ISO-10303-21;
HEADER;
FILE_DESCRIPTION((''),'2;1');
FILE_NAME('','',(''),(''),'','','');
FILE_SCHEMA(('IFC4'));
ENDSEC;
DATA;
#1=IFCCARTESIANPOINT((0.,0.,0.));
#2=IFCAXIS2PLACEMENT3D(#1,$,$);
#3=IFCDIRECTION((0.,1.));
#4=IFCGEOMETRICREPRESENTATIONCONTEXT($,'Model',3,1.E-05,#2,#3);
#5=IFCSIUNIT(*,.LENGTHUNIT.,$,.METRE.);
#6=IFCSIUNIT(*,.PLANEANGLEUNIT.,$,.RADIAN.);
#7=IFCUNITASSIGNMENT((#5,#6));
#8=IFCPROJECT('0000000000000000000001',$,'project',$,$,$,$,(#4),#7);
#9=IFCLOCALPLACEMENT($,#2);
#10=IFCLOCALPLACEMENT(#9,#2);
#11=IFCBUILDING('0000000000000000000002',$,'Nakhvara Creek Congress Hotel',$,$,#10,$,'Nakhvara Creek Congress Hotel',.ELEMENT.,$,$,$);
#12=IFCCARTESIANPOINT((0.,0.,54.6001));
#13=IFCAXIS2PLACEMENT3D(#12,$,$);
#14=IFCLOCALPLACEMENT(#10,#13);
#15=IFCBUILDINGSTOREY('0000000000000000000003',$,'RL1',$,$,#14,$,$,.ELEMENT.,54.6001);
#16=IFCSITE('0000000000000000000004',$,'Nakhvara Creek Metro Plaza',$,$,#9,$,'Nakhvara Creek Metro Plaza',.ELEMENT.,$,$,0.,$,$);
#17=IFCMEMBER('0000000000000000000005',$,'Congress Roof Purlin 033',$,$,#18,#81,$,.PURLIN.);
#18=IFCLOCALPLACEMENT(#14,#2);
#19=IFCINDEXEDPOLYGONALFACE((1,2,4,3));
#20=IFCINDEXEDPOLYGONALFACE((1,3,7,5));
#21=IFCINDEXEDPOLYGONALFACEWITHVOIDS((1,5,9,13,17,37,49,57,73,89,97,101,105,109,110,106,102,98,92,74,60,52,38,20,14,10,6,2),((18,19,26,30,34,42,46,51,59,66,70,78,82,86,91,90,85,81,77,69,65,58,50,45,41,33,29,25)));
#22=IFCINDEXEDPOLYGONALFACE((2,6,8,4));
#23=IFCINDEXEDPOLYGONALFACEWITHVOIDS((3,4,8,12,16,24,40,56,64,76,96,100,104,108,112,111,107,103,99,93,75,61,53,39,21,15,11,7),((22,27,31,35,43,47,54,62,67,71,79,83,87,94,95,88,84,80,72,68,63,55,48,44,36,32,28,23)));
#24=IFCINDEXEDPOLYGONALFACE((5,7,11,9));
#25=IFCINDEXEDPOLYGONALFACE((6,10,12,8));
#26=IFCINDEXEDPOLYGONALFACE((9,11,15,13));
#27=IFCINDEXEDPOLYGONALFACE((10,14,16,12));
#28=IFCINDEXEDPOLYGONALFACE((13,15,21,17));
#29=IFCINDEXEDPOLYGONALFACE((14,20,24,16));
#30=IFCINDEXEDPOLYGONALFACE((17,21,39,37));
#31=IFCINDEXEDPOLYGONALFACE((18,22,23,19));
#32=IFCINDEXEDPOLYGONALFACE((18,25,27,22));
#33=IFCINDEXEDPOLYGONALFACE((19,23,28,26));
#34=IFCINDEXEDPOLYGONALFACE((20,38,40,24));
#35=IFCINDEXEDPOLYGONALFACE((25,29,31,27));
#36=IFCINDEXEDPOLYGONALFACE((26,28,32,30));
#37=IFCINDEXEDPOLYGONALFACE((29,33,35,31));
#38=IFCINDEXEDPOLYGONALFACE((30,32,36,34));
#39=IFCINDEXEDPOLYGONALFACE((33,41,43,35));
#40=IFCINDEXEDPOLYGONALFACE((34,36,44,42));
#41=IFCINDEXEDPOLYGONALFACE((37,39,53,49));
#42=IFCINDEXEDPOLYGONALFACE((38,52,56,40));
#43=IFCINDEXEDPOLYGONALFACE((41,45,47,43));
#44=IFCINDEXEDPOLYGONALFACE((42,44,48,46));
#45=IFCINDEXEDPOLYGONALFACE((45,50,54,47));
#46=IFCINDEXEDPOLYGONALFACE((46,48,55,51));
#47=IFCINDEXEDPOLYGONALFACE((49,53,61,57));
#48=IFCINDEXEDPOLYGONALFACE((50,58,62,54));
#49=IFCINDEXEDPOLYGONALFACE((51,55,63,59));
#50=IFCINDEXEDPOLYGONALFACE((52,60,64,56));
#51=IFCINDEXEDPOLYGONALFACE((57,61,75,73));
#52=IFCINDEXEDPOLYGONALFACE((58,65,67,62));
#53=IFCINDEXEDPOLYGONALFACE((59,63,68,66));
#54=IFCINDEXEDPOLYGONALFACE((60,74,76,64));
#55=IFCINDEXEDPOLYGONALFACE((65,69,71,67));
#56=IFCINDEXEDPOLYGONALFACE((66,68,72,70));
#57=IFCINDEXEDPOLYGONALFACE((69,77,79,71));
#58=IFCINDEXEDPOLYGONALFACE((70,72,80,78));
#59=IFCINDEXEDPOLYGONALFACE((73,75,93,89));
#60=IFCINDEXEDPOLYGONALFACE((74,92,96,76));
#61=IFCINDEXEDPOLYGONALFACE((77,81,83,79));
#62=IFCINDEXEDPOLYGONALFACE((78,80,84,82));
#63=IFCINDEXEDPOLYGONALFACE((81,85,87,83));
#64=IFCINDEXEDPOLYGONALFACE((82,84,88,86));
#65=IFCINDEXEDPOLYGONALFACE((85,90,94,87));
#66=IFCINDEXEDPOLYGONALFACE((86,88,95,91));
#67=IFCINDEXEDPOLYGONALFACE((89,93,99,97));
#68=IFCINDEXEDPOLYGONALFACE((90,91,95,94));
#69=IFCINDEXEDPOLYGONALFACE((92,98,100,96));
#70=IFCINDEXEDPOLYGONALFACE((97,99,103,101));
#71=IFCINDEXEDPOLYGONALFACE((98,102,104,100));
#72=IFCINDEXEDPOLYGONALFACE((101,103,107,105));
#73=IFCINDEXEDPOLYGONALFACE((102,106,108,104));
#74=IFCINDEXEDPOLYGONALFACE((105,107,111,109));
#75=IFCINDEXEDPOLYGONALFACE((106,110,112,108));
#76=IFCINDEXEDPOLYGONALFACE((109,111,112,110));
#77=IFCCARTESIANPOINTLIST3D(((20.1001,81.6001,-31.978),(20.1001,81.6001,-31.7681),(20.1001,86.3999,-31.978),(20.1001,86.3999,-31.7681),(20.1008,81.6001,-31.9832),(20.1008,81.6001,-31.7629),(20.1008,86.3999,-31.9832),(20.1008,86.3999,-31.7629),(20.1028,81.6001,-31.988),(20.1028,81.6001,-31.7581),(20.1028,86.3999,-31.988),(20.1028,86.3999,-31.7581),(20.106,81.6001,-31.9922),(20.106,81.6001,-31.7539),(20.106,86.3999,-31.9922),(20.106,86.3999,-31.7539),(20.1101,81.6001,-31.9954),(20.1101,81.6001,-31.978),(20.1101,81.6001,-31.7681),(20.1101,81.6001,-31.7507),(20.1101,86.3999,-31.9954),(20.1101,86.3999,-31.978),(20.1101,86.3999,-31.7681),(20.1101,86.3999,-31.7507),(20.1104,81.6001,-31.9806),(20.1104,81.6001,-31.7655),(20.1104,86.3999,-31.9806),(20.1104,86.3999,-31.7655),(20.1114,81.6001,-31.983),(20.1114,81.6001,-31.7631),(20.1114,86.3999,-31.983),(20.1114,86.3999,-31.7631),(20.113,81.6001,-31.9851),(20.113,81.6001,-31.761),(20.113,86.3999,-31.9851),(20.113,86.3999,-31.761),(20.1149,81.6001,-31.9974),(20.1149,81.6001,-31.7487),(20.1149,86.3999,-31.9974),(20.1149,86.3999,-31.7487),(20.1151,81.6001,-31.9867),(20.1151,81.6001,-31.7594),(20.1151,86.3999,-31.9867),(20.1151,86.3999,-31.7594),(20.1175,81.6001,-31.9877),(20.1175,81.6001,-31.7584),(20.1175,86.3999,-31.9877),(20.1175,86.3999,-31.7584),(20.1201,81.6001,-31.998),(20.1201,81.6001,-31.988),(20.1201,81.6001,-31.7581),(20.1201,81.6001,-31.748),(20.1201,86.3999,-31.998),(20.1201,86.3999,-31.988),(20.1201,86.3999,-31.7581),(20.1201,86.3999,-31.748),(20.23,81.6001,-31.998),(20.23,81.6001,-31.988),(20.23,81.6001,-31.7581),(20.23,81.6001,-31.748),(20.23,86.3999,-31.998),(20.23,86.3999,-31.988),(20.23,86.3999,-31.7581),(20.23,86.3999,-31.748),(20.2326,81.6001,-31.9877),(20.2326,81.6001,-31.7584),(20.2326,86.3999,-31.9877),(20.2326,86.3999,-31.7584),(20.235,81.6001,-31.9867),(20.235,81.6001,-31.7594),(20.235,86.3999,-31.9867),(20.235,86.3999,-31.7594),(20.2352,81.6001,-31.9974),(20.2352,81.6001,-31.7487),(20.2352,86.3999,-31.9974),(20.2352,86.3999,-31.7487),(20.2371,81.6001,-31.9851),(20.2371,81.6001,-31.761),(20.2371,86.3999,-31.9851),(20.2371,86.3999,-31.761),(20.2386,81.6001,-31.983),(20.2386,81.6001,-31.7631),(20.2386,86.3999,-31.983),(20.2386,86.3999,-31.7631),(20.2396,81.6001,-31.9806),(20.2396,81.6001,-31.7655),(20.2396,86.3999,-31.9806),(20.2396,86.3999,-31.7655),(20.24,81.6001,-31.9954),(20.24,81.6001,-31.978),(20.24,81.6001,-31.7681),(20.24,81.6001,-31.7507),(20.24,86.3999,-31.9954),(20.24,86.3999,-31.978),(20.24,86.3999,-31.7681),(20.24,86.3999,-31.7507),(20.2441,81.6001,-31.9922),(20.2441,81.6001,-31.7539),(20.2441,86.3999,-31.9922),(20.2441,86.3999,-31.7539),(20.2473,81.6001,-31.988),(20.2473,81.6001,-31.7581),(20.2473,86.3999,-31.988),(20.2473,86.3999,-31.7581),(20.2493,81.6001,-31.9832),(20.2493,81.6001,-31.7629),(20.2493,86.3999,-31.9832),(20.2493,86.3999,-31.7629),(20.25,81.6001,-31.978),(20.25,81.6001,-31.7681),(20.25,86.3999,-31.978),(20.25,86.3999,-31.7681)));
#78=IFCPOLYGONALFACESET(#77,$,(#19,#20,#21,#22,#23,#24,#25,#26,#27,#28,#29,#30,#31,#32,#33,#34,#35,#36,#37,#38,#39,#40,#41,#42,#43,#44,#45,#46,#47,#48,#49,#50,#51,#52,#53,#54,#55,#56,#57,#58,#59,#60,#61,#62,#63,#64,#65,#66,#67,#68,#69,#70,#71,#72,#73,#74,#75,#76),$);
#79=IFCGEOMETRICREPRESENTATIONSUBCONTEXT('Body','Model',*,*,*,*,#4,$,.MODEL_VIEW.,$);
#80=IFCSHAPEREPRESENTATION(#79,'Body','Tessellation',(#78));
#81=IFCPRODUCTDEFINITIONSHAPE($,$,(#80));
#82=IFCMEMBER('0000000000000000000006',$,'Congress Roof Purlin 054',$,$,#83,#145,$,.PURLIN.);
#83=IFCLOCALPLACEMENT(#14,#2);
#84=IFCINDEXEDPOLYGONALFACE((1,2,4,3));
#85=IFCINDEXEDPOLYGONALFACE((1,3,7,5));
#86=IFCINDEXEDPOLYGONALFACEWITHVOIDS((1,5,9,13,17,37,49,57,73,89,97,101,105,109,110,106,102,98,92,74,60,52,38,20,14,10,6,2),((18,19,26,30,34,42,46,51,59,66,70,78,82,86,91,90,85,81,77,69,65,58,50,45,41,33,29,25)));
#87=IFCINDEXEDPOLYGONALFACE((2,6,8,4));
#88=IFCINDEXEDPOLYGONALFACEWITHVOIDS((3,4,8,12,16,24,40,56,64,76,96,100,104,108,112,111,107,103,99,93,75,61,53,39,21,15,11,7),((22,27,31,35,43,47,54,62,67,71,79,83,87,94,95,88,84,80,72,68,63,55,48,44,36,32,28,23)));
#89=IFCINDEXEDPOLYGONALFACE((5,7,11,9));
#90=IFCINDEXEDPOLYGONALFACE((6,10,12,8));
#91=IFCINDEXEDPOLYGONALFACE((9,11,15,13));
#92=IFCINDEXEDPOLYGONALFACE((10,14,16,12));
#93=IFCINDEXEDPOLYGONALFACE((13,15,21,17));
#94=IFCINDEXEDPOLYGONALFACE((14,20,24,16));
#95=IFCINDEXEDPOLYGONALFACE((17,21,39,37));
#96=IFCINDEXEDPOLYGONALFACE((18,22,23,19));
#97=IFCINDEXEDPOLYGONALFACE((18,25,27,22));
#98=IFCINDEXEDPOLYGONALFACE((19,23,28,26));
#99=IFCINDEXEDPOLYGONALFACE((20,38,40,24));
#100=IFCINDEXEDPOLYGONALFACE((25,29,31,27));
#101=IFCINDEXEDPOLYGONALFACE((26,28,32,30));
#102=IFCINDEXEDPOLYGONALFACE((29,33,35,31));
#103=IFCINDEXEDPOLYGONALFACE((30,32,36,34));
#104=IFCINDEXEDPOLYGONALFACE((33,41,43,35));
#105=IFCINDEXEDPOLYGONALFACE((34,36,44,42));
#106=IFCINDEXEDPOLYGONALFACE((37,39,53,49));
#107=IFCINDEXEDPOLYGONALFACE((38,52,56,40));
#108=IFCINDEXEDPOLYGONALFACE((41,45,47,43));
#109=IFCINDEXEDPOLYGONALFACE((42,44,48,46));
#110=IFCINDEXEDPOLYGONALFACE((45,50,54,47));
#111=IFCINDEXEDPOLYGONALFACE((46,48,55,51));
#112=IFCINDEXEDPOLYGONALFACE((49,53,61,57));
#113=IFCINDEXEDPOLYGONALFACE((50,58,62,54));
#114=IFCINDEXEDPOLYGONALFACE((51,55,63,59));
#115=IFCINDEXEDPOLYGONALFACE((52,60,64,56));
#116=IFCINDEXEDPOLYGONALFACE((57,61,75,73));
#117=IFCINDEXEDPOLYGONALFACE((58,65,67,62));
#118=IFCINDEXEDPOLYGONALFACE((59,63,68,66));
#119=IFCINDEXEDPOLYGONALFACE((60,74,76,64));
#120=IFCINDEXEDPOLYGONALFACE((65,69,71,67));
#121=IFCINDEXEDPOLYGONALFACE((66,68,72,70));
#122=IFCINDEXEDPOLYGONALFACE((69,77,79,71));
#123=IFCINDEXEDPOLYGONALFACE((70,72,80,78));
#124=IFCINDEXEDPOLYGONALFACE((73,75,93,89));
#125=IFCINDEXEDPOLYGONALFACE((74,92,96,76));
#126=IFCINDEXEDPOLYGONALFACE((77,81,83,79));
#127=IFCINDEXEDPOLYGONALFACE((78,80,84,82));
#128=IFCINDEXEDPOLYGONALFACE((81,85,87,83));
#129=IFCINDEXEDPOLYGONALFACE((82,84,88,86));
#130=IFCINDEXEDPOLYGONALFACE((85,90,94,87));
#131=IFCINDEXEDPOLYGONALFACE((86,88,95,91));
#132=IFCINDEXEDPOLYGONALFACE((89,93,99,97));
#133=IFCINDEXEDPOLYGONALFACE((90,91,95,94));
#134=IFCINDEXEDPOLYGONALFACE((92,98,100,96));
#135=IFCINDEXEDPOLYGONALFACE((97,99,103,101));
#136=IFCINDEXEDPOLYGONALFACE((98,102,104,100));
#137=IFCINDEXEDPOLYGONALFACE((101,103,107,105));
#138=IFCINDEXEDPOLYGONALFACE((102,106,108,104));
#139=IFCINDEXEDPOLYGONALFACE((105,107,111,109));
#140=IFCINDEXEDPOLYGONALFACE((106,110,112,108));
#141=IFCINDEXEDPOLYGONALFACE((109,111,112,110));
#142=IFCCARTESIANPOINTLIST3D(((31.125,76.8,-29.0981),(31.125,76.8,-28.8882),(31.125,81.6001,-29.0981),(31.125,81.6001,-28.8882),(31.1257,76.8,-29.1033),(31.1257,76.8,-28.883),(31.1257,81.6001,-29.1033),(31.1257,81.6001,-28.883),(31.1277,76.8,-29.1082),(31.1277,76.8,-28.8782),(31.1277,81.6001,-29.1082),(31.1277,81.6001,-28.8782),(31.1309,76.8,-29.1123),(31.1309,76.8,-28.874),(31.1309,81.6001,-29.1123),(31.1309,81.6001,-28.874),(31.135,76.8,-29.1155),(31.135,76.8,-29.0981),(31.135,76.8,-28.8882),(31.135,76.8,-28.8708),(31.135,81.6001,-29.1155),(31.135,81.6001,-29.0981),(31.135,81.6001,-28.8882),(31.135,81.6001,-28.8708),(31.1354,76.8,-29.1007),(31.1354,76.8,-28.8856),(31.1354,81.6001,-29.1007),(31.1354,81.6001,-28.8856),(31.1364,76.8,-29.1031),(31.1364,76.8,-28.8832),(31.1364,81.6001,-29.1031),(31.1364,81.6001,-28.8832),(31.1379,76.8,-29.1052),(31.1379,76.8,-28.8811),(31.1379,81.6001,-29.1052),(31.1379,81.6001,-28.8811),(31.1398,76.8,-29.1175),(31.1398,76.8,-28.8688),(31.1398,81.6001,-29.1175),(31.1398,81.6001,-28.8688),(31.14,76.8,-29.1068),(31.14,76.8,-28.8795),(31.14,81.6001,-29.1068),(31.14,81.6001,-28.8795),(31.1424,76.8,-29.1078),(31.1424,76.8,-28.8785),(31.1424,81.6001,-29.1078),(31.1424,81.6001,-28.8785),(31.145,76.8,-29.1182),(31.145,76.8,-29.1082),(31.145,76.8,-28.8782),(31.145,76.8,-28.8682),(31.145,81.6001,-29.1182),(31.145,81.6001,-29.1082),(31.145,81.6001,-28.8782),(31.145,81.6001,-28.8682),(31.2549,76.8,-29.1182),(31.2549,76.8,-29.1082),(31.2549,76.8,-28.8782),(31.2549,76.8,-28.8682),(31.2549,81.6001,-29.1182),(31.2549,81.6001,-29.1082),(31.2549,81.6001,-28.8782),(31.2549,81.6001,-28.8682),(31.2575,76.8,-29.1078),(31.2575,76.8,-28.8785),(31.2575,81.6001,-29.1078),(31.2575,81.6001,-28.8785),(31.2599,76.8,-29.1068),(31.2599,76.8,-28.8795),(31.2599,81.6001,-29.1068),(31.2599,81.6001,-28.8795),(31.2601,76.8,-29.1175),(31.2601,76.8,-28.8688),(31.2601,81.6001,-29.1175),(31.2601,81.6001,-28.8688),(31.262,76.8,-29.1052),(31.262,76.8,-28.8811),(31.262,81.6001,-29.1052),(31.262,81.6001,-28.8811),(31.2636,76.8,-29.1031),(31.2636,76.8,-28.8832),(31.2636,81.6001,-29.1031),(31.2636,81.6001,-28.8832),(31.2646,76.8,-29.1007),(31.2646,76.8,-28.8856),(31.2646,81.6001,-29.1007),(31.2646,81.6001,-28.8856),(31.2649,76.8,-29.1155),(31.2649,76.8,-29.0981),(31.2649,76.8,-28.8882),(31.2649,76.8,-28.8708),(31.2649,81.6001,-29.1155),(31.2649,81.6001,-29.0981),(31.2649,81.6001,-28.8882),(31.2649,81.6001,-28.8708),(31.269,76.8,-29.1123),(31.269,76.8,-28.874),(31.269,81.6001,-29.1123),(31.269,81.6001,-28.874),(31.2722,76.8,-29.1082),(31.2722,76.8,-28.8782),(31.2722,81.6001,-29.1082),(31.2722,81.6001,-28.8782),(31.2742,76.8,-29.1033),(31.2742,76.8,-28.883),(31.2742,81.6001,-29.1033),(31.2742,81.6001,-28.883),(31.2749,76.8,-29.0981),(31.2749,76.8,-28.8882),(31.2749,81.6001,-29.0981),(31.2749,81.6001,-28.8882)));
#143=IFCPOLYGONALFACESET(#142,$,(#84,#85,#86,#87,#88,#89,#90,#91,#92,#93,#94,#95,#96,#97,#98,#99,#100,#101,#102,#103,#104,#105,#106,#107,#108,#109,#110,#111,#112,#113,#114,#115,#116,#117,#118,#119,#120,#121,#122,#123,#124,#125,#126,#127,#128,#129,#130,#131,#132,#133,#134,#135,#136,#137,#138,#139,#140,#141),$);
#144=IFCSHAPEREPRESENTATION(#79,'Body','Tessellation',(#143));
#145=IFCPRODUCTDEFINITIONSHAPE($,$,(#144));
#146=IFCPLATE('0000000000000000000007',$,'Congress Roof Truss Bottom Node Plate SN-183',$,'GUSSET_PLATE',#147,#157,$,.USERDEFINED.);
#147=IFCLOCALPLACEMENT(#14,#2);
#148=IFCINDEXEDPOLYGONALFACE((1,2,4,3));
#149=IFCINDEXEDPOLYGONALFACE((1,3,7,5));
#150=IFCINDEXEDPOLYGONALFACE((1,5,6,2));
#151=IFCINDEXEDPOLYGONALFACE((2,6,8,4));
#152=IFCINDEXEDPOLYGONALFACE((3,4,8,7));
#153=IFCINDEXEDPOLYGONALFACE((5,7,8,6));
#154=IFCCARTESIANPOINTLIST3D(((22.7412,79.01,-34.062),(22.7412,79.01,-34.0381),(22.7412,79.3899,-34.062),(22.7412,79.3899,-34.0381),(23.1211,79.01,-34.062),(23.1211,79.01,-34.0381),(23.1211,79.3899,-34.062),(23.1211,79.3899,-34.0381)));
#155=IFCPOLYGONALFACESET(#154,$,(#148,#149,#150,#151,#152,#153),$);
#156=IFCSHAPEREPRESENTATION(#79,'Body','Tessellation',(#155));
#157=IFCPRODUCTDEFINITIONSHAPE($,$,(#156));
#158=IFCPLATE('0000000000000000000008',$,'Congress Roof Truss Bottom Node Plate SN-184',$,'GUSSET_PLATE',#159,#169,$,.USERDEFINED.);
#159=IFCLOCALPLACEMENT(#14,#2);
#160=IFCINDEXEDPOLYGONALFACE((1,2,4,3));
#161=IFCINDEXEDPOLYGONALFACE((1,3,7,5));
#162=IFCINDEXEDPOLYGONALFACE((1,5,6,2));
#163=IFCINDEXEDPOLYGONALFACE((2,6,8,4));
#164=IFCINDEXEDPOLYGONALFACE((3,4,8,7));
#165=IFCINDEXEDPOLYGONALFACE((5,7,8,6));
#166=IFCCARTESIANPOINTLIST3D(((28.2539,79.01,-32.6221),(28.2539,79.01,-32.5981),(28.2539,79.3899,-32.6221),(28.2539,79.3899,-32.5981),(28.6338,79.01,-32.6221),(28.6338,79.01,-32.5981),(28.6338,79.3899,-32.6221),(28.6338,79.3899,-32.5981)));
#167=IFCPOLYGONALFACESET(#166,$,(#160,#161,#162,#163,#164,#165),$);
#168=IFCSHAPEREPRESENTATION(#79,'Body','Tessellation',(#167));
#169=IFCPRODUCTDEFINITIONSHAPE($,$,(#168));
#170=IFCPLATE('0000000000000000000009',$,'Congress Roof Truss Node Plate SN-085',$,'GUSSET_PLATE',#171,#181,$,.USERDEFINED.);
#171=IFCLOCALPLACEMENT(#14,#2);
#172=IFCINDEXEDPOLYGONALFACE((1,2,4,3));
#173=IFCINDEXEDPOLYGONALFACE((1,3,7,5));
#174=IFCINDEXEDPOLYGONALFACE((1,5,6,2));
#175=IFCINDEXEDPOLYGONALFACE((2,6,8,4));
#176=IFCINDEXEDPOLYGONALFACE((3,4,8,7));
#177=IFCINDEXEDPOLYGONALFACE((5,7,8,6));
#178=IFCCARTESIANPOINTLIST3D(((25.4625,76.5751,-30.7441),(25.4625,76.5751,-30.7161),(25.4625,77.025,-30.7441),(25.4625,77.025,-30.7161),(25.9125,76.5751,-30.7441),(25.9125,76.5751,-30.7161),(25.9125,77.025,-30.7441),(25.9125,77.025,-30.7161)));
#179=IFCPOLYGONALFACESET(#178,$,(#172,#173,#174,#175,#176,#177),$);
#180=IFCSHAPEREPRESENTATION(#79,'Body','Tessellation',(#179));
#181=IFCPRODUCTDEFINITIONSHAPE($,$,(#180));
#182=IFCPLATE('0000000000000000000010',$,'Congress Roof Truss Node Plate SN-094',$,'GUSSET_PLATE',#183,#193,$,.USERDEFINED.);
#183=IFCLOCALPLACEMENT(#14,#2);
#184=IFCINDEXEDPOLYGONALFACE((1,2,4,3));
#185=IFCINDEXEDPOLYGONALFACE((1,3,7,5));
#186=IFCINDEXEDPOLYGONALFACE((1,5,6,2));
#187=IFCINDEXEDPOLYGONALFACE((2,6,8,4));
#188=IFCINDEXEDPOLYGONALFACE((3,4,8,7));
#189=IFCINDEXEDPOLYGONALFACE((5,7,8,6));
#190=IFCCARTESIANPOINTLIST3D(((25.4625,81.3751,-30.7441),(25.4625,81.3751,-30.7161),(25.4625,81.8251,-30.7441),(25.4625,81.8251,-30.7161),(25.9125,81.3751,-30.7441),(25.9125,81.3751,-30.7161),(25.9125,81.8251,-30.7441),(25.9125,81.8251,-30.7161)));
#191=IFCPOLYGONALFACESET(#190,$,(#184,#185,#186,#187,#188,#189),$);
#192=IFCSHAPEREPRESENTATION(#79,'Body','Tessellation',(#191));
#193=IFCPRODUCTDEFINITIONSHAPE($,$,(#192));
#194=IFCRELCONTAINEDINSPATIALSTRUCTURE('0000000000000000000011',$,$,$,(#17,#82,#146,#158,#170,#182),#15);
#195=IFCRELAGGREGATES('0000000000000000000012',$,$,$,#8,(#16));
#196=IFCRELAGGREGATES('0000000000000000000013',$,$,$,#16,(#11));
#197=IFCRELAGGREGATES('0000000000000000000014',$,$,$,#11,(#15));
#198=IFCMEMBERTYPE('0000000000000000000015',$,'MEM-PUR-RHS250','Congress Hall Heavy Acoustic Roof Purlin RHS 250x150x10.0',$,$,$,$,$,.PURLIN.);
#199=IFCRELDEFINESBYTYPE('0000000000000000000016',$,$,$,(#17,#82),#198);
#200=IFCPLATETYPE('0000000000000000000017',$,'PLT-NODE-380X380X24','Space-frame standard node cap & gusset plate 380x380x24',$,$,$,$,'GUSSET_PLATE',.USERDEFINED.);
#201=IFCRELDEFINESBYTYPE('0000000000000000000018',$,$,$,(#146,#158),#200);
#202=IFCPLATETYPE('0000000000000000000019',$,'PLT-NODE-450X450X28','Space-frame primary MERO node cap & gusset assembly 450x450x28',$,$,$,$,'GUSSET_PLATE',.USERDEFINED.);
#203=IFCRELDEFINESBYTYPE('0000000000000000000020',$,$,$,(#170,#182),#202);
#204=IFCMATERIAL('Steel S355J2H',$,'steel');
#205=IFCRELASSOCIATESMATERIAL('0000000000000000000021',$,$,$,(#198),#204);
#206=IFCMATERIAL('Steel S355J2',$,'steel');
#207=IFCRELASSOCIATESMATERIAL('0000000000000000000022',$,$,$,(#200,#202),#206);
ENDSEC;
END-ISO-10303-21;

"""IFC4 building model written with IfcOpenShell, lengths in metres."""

from ifc_helpers import new_model, si_unit, direction, frame, origin, origin_2d, place, context, subcontext, project, spatial, rectangle, hollow_rectangle, extrude, material, material_profile, profile_set, type_object, element, save


model = new_model("IFC4")

# Units and contexts
model_context = context("Model", 3, precision=1e-05, world=origin(), true_north=direction((0.0, 1.0)))
body_context = subcontext(model_context, "Body", "Model", "MODEL_VIEW")
ifc_project = project(units=[si_unit("LENGTHUNIT", "METRE"), si_unit("PLANEANGLEUNIT", "RADIAN")], contexts=[model_context])

# Site, building, storey
site_placement = place(None, origin())
site = spatial("IfcSite", under=ifc_project, at=site_placement, Name="Nakhvara Creek Metro Plaza", LongName="Nakhvara Creek Metro Plaza", CompositionType="ELEMENT", RefElevation=0.0)
building_placement = place(site_placement, origin())
building = spatial("IfcBuilding", under=site, at=building_placement, Name="Nakhvara Creek Congress Hotel", LongName="Nakhvara Creek Congress Hotel", CompositionType="ELEMENT")
storey_placement = place(building_placement, frame((0.0, 0.0, 54.6001)))
storey = spatial("IfcBuildingStorey", under=building, at=storey_placement, Name="RL1", CompositionType="ELEMENT", Elevation=54.6001)

# Members
ifc_material_1 = material(Name="Steel S355J2H", Category="steel")
ifc_material_profile_1 = material_profile(ifc_material_1, hollow_rectangle(XDim=0.1499, YDim=0.25, WallThickness=0.01, InnerFilletRadius=0.01, OuterFilletRadius=0.02, at=origin_2d()), Name="RHS 250x150x10.0", Category="LoadBearing")
ifc_profile_set_1 = profile_set([ifc_material_profile_1], Name="Steel S355J2H")
member_type_1 = type_object("IfcMemberType", Name="MEM-PUR-RHS250", Description="Congress Hall Heavy Acoustic Roof Purlin RHS 250x150x10.0", PredefinedType="PURLIN", material=ifc_profile_set_1)
member_1_placement = place(storey_placement, frame((20.175, 81.6001, -31.873), z_axis=(0.0, 1.0, 0.0), x_axis=(-1.0, 0.0, 0.0)))
element("IfcMember", 1, at=member_1_placement, inside=storey, type_object=member_type_1, Name="Congress Roof Purlin 033", PredefinedType="PURLIN", context=body_context, shape_type="SweptSolid", body=[
    extrude(hollow_rectangle(XDim=0.1499, YDim=0.25, WallThickness=0.01, InnerFilletRadius=0.01, OuterFilletRadius=0.02, at=origin_2d()), origin(), (0.0, 0.0, 1.0), 4.7998),
])
member_2_placement = place(storey_placement, frame((31.2, 76.8, -28.9932), z_axis=(0.0, 1.0, 0.0), x_axis=(-1.0, 0.0, 0.0)))
element("IfcMember", 2, at=member_2_placement, inside=storey, type_object=member_type_1, Name="Congress Roof Purlin 054", PredefinedType="PURLIN", context=body_context, shape_type="SweptSolid", body=[
    extrude(hollow_rectangle(XDim=0.1499, YDim=0.25, WallThickness=0.01, InnerFilletRadius=0.01, OuterFilletRadius=0.02, at=origin_2d()), origin(), (0.0, 0.0, 1.0), 4.8),
])

# Plates
ifc_material_2 = material(Name="Steel S355J2", Category="steel")
plate_type_1 = type_object("IfcPlateType", Name="PLT-NODE-380X380X24", Description="Space-frame standard node cap & gusset plate 380x380x24", ElementType="GUSSET_PLATE", PredefinedType="USERDEFINED", material=ifc_material_2)
for number, where, z_axis, x_axis, name in (
    (3, (22.9312, 79.2, -34.062), (0.0, 0.0, 1.0), (1.0, 0.0, 0.0), "Congress Roof Truss Bottom Node Plate SN-183"),
    (4, (28.4438, 79.2, -32.6221), (0.0, 0.0, 1.0), (1.0, 0.0, 0.0), "Congress Roof Truss Bottom Node Plate SN-184"),
):
    element("IfcPlate", number, at=place(storey_placement, frame(where, z_axis=z_axis, x_axis=x_axis)), inside=storey, type_object=plate_type_1, Name=name, ObjectType="GUSSET_PLATE", PredefinedType="USERDEFINED", context=body_context, shape_type="SweptSolid", body=[
        extrude(rectangle(XDim=0.3799, YDim=0.3799, at=origin_2d()), origin(), (0.0, 0.0, 1.0), 0.0239),
    ])
plate_type_2 = type_object("IfcPlateType", Name="PLT-NODE-450X450X28", Description="Space-frame primary MERO node cap & gusset assembly 450x450x28", ElementType="GUSSET_PLATE", PredefinedType="USERDEFINED", material=ifc_material_2)
for number, where, z_axis, x_axis, name in (
    (5, (25.6875, 76.8, -30.7441), (0.0, 0.0, 1.0), (1.0, 0.0, 0.0), "Congress Roof Truss Node Plate SN-085"),
    (6, (25.6875, 81.6001, -30.7441), (0.0, 0.0, 1.0), (1.0, 0.0, 0.0), "Congress Roof Truss Node Plate SN-094"),
):
    element("IfcPlate", number, at=place(storey_placement, frame(where, z_axis=z_axis, x_axis=x_axis)), inside=storey, type_object=plate_type_2, Name=name, ObjectType="GUSSET_PLATE", PredefinedType="USERDEFINED", context=body_context, shape_type="SweptSolid", body=[
        extrude(rectangle(XDim=0.45, YDim=0.45, at=origin_2d()), origin(), (0.0, 0.0, 1.0), 0.0281),
    ])

save(model, "model.ifc")
